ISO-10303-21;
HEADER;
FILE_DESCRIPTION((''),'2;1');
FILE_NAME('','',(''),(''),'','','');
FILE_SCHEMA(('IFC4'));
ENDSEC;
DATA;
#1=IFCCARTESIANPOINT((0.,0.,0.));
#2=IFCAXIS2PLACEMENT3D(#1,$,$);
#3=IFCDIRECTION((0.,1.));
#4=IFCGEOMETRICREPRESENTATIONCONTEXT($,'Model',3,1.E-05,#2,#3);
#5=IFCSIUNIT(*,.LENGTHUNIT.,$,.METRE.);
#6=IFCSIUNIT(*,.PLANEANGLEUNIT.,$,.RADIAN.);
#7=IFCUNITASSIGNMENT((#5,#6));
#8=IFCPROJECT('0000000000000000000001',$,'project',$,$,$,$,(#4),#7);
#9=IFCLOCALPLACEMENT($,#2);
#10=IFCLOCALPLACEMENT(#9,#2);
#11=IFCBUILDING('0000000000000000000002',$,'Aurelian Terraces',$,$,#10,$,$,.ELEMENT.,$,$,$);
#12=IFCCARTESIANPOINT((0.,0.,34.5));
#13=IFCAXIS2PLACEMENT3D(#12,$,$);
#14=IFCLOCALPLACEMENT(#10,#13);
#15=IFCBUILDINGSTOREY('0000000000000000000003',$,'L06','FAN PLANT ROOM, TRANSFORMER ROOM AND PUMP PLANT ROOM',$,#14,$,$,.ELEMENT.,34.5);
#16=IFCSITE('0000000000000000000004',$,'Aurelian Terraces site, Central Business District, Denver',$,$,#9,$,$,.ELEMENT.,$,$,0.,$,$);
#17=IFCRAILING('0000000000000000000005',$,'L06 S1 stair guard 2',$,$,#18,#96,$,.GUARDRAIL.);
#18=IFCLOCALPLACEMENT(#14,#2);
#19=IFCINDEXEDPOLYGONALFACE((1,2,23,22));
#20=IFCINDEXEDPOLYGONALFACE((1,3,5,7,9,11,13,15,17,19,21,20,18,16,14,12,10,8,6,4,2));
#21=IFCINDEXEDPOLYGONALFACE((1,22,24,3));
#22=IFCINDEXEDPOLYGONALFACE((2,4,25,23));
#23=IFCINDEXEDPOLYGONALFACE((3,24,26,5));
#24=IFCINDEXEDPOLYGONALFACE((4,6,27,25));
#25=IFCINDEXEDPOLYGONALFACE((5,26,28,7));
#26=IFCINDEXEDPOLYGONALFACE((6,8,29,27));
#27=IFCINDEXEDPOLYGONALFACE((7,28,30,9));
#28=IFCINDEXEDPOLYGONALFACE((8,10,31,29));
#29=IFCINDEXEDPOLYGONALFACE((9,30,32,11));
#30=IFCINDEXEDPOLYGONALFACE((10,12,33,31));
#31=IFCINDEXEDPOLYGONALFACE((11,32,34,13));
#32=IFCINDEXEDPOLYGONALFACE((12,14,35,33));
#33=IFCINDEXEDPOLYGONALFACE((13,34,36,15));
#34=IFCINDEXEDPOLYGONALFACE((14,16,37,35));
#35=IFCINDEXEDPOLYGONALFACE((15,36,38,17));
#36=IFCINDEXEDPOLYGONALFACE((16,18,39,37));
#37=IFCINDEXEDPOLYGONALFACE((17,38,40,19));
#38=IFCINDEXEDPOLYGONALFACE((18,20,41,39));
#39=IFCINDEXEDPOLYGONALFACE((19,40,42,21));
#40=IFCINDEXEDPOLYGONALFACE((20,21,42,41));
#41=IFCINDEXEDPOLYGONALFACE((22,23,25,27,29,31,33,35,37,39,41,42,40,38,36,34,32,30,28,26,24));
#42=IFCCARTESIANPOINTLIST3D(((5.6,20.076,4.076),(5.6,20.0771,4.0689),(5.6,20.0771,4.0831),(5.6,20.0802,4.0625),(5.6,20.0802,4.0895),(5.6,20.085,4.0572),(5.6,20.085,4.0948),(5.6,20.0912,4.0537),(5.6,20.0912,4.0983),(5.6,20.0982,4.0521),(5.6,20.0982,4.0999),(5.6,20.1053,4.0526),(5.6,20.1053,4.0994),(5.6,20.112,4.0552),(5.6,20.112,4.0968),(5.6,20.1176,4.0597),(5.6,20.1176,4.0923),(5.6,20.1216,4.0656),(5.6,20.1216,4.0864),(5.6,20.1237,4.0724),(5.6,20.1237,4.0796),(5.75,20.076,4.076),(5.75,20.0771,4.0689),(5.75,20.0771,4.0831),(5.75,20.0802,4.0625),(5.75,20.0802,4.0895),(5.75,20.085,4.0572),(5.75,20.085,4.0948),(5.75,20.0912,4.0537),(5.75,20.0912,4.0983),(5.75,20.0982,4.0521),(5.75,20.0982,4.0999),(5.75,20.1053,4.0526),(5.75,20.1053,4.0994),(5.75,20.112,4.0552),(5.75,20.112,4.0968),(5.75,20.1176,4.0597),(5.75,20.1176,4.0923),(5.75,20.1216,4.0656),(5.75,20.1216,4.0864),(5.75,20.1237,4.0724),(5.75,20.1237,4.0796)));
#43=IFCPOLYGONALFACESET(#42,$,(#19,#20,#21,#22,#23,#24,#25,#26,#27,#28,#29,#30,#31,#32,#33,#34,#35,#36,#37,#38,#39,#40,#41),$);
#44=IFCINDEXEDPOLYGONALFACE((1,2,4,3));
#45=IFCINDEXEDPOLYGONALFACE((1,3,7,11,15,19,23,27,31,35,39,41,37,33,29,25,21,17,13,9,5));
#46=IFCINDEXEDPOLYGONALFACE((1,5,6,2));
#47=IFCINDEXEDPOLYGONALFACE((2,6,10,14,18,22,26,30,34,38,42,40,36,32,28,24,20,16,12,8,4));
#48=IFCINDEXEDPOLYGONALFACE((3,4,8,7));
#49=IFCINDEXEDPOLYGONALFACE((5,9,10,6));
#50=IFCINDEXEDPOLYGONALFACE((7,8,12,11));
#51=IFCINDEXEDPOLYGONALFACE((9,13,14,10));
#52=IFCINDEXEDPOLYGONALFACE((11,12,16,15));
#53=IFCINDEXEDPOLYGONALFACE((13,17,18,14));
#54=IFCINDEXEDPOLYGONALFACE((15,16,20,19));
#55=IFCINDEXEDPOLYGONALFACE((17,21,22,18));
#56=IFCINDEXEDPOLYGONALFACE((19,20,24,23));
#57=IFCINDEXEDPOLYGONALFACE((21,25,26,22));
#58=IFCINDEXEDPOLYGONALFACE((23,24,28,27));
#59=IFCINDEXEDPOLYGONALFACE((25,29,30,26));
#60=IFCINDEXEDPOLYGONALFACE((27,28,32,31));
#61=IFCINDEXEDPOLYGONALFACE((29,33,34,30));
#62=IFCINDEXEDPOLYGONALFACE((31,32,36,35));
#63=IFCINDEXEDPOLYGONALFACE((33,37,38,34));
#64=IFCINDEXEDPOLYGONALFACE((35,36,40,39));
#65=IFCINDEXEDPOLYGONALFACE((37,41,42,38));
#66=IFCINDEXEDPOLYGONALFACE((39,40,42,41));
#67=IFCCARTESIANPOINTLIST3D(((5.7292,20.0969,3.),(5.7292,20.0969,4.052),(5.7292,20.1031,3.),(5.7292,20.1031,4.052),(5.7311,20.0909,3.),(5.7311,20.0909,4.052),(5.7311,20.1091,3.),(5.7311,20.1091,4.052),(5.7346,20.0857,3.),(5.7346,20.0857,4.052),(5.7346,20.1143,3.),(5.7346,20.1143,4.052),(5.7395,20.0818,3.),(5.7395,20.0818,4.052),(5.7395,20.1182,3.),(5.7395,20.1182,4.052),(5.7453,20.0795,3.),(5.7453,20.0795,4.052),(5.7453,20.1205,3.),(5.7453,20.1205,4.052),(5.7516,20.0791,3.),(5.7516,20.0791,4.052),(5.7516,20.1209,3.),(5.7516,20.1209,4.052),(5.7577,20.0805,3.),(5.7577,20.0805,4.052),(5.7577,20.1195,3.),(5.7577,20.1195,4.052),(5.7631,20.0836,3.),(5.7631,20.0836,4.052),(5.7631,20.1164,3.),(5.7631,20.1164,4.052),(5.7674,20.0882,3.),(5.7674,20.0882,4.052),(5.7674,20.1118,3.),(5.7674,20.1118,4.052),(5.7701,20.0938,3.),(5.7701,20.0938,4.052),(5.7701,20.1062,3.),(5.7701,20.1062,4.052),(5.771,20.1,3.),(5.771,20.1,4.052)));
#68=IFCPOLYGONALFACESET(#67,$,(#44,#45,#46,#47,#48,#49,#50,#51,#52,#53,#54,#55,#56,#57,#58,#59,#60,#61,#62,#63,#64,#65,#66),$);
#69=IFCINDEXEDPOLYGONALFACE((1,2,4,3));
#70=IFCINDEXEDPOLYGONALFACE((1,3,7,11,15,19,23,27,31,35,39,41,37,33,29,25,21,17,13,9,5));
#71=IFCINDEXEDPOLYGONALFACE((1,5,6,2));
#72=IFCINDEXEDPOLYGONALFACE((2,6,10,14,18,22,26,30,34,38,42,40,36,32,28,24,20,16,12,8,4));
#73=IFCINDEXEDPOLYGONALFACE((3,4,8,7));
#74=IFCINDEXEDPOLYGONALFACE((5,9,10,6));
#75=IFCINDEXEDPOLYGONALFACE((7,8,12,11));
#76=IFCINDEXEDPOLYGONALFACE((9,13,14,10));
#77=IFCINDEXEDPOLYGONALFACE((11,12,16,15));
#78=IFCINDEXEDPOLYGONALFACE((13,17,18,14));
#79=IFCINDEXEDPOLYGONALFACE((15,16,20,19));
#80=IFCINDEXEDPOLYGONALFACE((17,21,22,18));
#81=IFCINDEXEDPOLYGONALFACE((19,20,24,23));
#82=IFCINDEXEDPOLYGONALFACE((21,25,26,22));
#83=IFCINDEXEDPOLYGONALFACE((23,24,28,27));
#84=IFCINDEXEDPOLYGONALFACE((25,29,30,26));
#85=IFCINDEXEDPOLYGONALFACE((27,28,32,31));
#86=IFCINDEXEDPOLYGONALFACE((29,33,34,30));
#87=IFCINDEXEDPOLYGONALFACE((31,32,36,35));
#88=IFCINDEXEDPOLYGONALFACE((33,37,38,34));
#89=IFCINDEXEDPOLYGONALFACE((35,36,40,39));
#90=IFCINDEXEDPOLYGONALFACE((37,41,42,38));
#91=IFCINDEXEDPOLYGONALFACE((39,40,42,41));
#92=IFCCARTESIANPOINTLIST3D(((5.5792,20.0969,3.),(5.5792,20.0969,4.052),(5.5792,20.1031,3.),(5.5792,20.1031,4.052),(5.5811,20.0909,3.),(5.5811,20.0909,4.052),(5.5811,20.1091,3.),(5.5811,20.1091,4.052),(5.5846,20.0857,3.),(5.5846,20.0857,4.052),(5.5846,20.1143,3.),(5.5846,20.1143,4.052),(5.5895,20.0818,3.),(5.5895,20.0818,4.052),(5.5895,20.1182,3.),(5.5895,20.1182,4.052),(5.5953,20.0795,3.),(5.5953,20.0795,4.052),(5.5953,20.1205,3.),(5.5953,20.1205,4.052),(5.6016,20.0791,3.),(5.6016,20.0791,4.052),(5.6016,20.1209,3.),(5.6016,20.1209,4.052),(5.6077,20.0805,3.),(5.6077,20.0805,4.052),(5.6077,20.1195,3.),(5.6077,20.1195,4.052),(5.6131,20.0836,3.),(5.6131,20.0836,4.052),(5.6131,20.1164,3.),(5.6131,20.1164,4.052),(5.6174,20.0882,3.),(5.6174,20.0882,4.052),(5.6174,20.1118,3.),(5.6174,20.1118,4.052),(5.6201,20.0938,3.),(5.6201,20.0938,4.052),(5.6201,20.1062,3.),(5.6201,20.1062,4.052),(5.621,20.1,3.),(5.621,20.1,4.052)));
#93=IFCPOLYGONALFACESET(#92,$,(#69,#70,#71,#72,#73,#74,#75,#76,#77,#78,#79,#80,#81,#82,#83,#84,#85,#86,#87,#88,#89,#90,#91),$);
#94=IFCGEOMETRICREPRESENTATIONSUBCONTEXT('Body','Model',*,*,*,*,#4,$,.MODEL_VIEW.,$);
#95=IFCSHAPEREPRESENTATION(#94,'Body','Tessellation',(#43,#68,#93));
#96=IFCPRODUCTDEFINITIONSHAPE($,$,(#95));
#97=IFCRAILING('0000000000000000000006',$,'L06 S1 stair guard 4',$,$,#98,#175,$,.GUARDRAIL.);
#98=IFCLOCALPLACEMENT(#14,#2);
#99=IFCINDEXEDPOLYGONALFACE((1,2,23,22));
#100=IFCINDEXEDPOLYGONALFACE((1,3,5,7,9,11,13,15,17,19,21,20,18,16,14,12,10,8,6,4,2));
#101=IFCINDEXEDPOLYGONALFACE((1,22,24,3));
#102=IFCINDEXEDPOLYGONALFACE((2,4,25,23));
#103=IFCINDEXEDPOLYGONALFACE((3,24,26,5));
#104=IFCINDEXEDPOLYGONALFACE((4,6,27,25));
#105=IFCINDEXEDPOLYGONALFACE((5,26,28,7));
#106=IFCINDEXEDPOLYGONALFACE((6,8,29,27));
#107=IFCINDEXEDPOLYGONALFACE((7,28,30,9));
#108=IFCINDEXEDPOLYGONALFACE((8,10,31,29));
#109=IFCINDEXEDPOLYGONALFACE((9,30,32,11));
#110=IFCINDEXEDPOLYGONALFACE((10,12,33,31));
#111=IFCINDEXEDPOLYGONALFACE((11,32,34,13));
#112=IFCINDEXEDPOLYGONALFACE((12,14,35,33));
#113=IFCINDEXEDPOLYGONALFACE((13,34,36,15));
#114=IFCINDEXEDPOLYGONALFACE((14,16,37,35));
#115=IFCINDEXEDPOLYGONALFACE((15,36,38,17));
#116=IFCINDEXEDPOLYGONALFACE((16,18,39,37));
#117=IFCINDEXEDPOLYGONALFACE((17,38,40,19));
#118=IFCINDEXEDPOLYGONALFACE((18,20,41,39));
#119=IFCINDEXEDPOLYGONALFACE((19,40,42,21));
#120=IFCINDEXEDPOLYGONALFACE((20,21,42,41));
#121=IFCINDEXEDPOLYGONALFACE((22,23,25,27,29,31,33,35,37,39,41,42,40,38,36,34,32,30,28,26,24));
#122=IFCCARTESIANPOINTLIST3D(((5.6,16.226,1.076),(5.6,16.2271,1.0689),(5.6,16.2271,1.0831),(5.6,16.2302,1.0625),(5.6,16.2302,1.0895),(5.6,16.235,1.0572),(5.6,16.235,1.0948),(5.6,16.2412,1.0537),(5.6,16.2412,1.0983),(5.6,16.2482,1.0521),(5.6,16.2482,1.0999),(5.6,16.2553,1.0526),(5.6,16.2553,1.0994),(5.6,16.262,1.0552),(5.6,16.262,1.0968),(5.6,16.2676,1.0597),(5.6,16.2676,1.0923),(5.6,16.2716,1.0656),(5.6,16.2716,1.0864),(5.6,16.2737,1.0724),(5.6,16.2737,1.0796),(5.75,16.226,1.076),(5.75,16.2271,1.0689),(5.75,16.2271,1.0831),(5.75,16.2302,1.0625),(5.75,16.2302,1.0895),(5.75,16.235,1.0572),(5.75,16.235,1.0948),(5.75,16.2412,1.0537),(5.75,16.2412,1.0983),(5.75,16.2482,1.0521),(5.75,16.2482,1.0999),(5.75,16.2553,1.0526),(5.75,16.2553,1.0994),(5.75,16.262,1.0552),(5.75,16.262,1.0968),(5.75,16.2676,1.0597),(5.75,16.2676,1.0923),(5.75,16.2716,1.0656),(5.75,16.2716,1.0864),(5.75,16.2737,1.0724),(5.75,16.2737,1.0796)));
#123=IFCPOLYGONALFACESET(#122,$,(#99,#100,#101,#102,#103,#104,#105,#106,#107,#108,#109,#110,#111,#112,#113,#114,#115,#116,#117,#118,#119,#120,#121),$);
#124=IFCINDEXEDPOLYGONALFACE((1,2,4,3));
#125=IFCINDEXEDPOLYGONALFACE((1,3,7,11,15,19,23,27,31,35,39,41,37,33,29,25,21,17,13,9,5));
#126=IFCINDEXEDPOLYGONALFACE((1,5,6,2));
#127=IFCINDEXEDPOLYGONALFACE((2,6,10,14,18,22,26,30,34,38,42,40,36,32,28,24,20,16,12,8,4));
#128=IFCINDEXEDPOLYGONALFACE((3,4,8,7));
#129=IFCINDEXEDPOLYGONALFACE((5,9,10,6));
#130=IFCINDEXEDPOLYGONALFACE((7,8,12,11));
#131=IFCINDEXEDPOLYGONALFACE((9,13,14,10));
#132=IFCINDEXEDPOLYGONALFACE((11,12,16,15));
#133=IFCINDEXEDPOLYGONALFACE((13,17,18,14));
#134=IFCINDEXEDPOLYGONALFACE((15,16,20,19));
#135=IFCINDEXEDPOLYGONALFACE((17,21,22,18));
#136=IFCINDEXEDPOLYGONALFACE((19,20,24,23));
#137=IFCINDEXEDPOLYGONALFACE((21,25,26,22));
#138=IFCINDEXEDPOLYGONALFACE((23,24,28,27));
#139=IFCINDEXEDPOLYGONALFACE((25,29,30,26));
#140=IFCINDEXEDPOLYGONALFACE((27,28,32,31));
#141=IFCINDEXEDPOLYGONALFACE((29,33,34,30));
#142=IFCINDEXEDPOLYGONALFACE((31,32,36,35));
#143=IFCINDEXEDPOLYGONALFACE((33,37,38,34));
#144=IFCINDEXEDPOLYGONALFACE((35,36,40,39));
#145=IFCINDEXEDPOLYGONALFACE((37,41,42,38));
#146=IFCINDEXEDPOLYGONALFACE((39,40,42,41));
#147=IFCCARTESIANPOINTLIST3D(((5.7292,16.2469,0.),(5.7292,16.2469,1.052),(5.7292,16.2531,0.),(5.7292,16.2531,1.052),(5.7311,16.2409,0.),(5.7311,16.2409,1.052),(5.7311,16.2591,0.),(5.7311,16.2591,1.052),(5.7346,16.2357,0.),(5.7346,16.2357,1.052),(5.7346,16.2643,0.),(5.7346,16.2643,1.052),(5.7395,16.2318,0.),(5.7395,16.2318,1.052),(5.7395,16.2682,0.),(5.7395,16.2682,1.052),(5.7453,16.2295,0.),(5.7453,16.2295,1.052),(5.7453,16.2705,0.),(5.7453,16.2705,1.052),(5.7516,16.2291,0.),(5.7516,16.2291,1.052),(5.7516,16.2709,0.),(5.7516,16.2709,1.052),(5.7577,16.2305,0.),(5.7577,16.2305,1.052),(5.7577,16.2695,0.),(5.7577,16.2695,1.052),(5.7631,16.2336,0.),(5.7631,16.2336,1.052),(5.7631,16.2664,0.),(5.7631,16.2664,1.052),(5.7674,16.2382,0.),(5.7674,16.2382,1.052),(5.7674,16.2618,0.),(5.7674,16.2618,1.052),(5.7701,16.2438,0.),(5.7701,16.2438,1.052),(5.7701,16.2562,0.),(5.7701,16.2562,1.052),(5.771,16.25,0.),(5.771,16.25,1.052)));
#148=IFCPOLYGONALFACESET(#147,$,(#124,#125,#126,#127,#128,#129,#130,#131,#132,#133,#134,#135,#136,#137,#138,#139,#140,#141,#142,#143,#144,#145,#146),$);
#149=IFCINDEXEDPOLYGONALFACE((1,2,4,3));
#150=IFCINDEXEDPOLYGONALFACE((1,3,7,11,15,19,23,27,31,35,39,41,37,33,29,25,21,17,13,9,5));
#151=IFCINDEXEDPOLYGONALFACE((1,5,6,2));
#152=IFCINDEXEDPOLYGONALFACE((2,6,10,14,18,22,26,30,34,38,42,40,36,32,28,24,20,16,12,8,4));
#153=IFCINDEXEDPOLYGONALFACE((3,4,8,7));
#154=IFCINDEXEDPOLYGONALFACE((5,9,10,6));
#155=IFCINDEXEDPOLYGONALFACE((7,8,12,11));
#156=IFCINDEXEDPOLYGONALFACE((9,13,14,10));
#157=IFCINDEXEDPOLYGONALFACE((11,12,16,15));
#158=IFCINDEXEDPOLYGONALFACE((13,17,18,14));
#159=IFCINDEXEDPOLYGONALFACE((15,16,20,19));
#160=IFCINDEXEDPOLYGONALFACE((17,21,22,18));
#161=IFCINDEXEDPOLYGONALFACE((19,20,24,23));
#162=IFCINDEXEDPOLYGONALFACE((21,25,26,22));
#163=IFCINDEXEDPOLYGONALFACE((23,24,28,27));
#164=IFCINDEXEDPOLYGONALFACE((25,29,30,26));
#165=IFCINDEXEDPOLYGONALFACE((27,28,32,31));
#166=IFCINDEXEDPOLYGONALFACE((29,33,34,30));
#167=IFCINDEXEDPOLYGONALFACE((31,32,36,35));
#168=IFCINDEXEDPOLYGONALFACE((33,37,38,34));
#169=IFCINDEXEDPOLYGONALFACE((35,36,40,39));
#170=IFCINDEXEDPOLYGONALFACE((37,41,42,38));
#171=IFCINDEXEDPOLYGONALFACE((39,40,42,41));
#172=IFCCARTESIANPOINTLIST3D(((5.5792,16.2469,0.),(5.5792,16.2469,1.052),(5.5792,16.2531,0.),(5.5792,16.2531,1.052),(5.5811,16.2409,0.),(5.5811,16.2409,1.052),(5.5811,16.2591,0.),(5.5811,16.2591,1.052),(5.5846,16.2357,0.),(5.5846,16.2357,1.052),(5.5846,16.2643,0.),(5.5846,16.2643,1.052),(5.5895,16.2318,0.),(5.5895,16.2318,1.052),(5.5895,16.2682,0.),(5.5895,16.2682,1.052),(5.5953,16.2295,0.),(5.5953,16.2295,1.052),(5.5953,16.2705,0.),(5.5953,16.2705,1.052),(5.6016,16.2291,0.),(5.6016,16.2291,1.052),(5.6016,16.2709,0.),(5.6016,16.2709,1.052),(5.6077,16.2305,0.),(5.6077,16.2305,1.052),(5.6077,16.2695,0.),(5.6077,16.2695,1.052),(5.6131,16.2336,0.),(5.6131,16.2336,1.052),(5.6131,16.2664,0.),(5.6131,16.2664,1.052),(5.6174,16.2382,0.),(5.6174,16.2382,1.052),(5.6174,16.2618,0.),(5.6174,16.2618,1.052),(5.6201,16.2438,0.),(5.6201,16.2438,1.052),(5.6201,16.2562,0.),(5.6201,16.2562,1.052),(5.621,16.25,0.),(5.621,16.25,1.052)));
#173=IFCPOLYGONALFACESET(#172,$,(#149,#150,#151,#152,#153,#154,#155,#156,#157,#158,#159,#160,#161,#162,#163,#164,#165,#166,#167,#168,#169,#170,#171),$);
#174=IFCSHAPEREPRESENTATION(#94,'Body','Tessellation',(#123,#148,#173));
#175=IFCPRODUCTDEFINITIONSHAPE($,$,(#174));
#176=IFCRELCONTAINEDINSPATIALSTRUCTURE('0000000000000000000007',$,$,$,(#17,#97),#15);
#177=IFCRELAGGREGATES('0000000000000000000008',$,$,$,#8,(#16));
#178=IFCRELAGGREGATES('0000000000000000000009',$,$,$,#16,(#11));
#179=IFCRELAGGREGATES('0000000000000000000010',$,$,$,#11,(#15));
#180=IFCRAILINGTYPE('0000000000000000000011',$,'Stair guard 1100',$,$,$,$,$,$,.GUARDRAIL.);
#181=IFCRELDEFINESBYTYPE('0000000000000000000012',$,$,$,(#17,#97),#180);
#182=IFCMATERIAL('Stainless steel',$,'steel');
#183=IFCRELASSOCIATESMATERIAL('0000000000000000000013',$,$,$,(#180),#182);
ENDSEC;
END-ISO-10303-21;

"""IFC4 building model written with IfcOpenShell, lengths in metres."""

from ifc_helpers import new_model, si_unit, direction, frame, origin, origin_2d, place, context, subcontext, project, spatial, circle, extrude, source, transform, mapped, material, type_object, element, save


model = new_model("IFC4")

# Units and contexts
model_context = context("Model", 3, precision=1e-05, world=origin(), true_north=direction((0.0, 1.0)))
body_context = subcontext(model_context, "Body", "Model", "MODEL_VIEW")
ifc_project = project(units=[si_unit("LENGTHUNIT", "METRE"), si_unit("PLANEANGLEUNIT", "RADIAN")], contexts=[model_context])

# Site, building, storey
site_placement = place(None, origin())
site = spatial("IfcSite", under=ifc_project, at=site_placement, Name="Aurelian Terraces site, Central Business District, Denver", CompositionType="ELEMENT", RefElevation=0.0)
building_placement = place(site_placement, origin())
building = spatial("IfcBuilding", under=site, at=building_placement, Name="Aurelian Terraces", CompositionType="ELEMENT")
storey_placement = place(building_placement, frame((0.0, 0.0, 34.5)))
storey = spatial("IfcBuildingStorey", under=building, at=storey_placement, Name="L06", Description="FAN PLANT ROOM, TRANSFORMER ROOM AND PUMP PLANT ROOM", CompositionType="ELEMENT", Elevation=34.5)

# Shared definitions
ifc_material_1 = material(Name="Stainless steel", Category="steel")

# Railings
railing_type_1 = type_object("IfcRailingType", Name="Stair guard 1100", PredefinedType="GUARDRAIL", material=ifc_material_1)
shared_shape_1 = source(origin(), body_context, "Body", "SweptSolid", [
    extrude(circle(Radius=0.024, at=origin_2d()), frame((0.0, 0.0, 1.076), z_axis=(-1.0, 0.0, 0.0), x_axis=(0.0, -1.0, 0.0)), (0.0, 0.0, 1.0), 0.15),
    extrude(circle(Radius=0.021, at=origin_2d()), origin(), (0.0, 0.0, 1.0), 1.052),
    extrude(circle(Radius=0.021, at=origin_2d()), frame((-0.15, 0.0, 0.0)), (0.0, 0.0, 1.0), 1.052),
])
for number, where, name in (
    (1, (5.75, 20.1, 3.0), "L06 S1 stair guard 2"),
    (2, (5.75, 16.25, 0.0), "L06 S1 stair guard 4"),
):
    element("IfcRailing", number, at=place(storey_placement, frame(where)), inside=storey, type_object=railing_type_1, Name=name, PredefinedType="GUARDRAIL", context=body_context, shape_type="MappedRepresentation", body=[
        mapped(shared_shape_1, transform((0.0, 0.0, 0.0), scale=1.0)),
    ])

save(model, "model.ifc")
